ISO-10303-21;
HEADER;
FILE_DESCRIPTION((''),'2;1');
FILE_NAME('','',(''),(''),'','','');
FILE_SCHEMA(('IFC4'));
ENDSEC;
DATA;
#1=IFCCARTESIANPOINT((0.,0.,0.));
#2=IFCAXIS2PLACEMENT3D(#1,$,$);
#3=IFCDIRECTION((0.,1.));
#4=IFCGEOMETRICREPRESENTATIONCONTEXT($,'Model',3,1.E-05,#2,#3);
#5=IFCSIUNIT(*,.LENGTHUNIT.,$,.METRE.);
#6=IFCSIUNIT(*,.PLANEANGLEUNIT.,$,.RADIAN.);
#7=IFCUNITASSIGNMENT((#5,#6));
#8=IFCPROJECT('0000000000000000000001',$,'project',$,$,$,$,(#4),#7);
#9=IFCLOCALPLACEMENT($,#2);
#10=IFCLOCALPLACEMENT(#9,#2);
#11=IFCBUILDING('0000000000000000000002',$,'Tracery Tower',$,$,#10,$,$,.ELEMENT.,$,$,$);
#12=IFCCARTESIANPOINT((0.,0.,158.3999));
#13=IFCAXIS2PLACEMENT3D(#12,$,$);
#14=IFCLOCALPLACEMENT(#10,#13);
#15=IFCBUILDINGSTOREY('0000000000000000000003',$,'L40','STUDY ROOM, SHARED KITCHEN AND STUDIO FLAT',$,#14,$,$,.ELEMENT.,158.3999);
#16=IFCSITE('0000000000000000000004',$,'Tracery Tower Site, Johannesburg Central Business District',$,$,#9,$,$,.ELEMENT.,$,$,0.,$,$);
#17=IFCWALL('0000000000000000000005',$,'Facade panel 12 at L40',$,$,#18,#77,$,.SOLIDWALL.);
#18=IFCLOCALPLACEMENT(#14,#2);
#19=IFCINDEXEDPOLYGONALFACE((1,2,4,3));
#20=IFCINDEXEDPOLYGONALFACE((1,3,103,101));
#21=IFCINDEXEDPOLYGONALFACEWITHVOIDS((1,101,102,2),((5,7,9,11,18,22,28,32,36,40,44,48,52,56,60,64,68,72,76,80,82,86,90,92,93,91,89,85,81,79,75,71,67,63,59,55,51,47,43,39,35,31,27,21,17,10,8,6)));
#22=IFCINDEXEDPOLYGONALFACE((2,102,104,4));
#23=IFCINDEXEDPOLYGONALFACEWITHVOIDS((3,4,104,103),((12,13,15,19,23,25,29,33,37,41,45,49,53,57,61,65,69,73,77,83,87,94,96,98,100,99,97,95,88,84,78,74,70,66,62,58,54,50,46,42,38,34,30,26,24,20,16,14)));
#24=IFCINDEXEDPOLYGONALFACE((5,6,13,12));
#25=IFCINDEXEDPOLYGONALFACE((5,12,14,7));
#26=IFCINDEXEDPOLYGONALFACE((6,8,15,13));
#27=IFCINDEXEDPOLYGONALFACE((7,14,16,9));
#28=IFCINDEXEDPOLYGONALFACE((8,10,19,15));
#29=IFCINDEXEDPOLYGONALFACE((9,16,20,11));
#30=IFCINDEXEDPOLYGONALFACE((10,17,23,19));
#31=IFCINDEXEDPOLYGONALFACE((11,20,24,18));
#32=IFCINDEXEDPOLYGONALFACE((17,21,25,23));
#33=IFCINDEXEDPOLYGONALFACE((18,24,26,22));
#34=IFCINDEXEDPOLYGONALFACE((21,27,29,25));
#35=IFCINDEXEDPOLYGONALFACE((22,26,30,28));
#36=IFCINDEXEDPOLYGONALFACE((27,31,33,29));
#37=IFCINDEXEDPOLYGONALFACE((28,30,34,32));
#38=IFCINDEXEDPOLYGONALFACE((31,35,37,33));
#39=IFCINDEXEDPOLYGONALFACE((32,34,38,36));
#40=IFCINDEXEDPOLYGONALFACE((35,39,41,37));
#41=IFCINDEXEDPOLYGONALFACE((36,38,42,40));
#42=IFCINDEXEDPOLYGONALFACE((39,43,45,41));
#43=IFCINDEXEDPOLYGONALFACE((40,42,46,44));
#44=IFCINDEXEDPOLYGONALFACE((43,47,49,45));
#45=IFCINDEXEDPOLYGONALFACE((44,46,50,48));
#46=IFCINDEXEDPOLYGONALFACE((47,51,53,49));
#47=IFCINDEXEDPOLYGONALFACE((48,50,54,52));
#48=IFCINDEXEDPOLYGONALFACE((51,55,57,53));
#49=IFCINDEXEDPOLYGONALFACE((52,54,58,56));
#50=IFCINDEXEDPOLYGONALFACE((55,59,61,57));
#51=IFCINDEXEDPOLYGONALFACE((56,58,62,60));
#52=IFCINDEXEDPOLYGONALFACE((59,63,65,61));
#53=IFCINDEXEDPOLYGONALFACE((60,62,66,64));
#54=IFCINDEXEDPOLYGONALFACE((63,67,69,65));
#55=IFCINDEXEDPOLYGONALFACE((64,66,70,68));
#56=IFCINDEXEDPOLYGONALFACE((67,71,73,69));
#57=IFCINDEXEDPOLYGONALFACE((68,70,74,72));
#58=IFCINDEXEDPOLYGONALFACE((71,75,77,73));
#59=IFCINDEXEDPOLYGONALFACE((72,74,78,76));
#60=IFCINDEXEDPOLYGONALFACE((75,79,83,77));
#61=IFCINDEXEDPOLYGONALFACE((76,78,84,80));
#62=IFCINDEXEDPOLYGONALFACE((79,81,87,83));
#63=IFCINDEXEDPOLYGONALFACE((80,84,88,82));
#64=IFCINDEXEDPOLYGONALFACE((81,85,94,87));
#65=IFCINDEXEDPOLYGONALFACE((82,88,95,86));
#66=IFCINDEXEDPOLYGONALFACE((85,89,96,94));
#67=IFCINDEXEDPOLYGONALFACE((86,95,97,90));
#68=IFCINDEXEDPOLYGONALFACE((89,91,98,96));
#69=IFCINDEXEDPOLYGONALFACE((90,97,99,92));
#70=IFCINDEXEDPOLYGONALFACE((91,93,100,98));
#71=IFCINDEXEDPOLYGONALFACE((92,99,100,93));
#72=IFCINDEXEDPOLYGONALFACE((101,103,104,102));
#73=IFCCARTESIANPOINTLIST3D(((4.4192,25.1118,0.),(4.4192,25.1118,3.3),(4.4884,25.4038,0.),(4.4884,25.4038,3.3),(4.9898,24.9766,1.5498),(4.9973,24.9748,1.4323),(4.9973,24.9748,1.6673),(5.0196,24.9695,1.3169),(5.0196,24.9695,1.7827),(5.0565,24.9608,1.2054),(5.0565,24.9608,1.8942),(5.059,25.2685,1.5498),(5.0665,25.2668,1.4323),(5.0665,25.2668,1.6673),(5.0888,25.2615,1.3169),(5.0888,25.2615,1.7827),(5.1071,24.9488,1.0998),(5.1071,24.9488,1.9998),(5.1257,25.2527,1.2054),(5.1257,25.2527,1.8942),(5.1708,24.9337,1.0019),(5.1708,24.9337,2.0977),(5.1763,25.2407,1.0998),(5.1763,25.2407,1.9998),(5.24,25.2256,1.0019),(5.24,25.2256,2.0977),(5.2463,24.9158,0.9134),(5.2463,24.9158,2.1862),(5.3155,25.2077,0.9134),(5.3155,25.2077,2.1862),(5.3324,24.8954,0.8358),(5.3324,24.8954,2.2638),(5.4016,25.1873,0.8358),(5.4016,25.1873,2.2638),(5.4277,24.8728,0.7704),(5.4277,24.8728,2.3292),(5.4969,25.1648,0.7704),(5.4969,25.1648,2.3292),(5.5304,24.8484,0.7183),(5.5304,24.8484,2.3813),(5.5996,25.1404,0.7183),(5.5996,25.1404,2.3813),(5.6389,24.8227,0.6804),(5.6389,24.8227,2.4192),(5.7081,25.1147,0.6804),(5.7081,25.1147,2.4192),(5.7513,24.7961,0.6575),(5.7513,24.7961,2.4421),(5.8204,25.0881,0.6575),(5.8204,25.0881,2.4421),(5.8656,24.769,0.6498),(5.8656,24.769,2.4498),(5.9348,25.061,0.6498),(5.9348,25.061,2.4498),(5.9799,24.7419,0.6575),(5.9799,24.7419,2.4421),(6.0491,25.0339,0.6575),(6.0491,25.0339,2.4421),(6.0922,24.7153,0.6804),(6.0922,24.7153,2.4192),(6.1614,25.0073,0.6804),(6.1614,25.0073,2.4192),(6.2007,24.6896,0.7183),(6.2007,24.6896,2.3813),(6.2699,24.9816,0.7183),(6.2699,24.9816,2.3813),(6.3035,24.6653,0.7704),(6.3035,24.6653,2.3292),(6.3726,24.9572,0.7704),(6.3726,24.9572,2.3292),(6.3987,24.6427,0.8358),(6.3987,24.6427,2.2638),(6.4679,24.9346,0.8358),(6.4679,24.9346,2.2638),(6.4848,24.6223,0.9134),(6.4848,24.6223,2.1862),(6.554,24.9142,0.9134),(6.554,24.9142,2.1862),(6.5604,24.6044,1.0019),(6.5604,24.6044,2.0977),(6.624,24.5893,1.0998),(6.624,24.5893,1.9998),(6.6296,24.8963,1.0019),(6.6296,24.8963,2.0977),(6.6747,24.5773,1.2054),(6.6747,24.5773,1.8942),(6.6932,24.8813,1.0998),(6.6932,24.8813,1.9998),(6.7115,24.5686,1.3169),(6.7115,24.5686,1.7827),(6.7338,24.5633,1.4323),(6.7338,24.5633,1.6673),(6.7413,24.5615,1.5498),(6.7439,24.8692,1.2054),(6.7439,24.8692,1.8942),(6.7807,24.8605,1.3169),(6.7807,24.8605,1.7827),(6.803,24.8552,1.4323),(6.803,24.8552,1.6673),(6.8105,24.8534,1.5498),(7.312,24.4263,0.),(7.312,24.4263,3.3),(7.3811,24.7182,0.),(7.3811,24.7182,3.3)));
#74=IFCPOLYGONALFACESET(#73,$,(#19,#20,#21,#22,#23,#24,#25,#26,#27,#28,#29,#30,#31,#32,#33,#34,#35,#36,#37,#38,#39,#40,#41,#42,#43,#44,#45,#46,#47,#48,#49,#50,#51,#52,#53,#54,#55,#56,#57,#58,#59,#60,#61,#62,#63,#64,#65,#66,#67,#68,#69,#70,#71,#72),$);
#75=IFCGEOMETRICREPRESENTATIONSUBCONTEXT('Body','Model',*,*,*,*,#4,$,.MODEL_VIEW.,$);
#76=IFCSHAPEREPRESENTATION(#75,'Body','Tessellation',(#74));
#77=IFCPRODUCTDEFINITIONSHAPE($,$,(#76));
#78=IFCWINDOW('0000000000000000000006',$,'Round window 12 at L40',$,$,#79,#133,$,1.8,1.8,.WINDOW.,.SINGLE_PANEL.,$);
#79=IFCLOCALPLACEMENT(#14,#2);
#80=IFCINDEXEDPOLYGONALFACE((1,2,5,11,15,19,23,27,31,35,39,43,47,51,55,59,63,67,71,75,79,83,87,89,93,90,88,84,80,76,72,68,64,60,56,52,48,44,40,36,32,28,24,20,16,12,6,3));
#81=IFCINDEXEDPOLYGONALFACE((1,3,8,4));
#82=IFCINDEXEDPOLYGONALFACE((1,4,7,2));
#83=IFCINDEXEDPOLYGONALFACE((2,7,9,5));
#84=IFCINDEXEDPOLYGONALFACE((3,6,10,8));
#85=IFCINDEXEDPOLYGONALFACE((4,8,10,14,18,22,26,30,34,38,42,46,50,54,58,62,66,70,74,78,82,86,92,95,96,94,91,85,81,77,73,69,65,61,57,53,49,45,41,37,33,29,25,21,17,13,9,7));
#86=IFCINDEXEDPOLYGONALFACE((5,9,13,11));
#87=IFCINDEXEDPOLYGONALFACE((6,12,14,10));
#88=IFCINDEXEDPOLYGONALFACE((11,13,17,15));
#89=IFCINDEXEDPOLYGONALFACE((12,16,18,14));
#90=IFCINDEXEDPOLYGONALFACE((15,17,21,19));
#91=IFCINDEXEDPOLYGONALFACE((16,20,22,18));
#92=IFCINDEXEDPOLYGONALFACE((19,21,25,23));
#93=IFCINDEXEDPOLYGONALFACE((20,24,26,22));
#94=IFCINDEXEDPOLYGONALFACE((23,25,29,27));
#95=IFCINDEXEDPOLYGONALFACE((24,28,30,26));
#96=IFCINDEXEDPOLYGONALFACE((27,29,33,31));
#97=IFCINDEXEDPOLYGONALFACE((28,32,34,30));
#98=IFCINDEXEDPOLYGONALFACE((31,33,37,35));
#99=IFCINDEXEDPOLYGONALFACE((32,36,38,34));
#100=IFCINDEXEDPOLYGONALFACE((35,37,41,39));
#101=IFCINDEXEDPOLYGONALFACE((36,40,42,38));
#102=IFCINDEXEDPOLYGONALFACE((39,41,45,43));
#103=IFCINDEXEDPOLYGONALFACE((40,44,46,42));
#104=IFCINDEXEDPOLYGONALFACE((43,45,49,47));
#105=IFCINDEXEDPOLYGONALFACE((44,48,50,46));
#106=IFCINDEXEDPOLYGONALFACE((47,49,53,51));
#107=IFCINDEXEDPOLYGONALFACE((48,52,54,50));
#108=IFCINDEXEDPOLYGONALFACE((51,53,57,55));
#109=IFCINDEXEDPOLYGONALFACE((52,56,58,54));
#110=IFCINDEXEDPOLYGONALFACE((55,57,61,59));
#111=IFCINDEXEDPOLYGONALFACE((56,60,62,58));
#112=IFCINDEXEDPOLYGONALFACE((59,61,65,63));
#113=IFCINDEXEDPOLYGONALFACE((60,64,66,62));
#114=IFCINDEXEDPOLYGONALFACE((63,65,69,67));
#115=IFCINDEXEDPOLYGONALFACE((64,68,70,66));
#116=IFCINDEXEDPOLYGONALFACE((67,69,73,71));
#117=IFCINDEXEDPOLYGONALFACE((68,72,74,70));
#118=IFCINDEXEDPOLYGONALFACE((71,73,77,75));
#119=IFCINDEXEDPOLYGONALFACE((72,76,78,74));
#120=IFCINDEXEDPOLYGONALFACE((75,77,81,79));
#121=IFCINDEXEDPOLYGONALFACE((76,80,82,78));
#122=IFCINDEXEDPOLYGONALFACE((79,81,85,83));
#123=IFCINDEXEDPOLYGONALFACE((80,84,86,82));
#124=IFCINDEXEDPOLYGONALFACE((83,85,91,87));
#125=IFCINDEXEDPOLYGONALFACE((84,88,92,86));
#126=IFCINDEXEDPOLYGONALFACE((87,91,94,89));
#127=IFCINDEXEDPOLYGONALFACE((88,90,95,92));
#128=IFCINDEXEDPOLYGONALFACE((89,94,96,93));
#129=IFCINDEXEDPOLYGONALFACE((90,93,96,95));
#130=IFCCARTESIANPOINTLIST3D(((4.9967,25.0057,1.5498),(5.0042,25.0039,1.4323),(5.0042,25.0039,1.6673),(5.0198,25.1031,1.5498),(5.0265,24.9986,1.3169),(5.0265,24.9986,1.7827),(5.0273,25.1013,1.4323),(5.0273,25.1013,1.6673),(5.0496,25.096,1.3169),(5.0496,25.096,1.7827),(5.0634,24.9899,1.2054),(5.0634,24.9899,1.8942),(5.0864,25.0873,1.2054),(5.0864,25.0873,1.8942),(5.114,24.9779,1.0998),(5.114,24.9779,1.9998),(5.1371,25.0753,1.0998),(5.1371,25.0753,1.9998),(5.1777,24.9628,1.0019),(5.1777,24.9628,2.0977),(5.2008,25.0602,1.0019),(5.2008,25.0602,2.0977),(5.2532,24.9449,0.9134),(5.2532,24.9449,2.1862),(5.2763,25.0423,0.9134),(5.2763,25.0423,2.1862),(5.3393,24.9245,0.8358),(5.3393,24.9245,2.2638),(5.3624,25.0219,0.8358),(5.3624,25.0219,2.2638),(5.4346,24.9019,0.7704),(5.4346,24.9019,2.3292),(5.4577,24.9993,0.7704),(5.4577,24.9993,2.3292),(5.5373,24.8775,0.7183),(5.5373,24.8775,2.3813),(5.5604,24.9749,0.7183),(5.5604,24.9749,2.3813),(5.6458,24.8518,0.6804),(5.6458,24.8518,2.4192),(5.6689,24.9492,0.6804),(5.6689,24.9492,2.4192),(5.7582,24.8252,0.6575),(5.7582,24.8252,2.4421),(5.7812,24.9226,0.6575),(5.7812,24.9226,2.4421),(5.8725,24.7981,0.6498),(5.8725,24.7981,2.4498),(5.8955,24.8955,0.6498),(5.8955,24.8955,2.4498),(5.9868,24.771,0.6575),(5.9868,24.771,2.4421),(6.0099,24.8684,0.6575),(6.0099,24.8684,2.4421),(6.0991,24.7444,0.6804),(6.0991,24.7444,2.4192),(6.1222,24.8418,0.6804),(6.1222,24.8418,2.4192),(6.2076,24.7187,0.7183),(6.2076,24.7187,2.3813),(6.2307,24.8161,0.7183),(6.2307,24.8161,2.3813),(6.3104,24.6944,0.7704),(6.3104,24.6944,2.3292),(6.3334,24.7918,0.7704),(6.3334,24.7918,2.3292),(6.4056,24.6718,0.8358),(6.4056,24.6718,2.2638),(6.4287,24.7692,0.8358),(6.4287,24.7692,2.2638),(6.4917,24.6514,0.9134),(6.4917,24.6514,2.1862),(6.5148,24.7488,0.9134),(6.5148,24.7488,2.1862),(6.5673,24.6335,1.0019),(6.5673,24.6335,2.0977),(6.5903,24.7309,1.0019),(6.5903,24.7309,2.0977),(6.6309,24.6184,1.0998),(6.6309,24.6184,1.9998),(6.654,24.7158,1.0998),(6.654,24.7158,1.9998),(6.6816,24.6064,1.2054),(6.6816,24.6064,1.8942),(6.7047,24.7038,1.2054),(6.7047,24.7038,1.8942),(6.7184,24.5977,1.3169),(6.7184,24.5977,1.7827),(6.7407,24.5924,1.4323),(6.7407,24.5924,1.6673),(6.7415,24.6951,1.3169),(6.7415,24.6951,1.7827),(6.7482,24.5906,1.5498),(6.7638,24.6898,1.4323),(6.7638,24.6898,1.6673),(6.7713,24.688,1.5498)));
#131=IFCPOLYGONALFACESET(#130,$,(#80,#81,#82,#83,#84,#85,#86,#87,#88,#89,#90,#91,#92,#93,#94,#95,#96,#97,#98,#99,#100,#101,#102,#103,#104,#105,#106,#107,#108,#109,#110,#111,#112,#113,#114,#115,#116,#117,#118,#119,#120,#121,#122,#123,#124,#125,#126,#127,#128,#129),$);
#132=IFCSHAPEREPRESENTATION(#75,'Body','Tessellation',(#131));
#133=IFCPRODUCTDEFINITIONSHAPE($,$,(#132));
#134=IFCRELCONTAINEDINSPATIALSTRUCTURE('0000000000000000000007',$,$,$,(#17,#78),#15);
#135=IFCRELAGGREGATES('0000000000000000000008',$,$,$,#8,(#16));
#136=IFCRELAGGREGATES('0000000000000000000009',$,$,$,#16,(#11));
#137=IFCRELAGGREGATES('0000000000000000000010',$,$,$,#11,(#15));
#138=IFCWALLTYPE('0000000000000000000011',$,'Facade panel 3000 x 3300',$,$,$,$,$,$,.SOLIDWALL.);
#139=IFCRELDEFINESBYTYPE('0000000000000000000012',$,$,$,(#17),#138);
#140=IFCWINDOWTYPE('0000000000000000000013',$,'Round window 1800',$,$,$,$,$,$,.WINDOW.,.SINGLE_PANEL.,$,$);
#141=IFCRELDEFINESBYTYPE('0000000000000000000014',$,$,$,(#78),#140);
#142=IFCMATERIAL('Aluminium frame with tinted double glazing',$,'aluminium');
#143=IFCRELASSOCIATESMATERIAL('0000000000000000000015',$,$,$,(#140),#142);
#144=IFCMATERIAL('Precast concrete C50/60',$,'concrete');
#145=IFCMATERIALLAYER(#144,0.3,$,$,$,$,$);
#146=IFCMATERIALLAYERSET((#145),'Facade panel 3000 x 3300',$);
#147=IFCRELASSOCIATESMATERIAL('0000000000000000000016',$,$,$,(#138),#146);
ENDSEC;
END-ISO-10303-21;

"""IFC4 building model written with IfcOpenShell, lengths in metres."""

from ifc_helpers import new_model, si_unit, direction, frame, frame_2d, origin, origin_2d, place, context, subcontext, project, spatial, rectangle, circle, extrude, material, layer, layer_set, type_object, element, fill, save


model = new_model("IFC4")

# Units and contexts
model_context = context("Model", 3, precision=1e-05, world=origin(), true_north=direction((0.0, 1.0)))
body_context = subcontext(model_context, "Body", "Model", "MODEL_VIEW")
ifc_project = project(units=[si_unit("LENGTHUNIT", "METRE"), si_unit("PLANEANGLEUNIT", "RADIAN")], contexts=[model_context])

# Site, building, storey
site_placement = place(None, origin())
site = spatial("IfcSite", under=ifc_project, at=site_placement, Name="Tracery Tower Site, Johannesburg Central Business District", CompositionType="ELEMENT", RefElevation=0.0)
building_placement = place(site_placement, origin())
building = spatial("IfcBuilding", under=site, at=building_placement, Name="Tracery Tower", CompositionType="ELEMENT")
storey_placement = place(building_placement, frame((0.0, 0.0, 158.3999)))
storey = spatial("IfcBuildingStorey", under=building, at=storey_placement, Name="L40", Description="STUDY ROOM, SHARED KITCHEN AND STUDIO FLAT", CompositionType="ELEMENT", Elevation=158.3999)

# Wall, opening, window
ifc_material_1 = material(Name="Aluminium frame with tinted double glazing", Category="aluminium")
window_type = type_object("IfcWindowType", Name="Round window 1800", PartitioningType="SINGLE_PANEL", PredefinedType="WINDOW", material=ifc_material_1)
ifc_material_2 = material(Name="Precast concrete C50/60", Category="concrete")
ifc_layer_1 = layer(ifc_material_2, 0.3)
ifc_layer_set_1 = layer_set([ifc_layer_1], Name="Facade panel 3000 x 3300")
wall_type_1 = type_object("IfcWallType", Name="Facade panel 3000 x 3300", PredefinedType="SOLIDWALL", material=ifc_layer_set_1)
wall_1_placement = place(storey_placement, frame((7.3464, 24.5723, 0.0), z_axis=(0.0, 0.0, 1.0), x_axis=(-0.97305, 0.230595, 0.0)))
wall_1 = element("IfcWall", 1, at=wall_1_placement, inside=storey, type_object=wall_type_1, Name="Facade panel 12 at L40", PredefinedType="SOLIDWALL", context=body_context, shape_type="SweptSolid", body=[
    extrude(rectangle(XDim=2.9729, YDim=0.3, at=frame_2d((1.4863, 0.0))), origin(), (0.0, 0.0, 1.0), 3.3),
])
opening_1_placement = place(wall_1_placement, frame((1.4863, 0.0, 1.5498)))
opening_1 = element("IfcOpeningElement", 2, at=opening_1_placement, cuts=wall_1, PredefinedType="OPENING", context=body_context, shape_type="SweptSolid", body=[
    extrude(circle(Radius=0.9, at=origin_2d()), frame((0.0, 0.1599, 0.0), z_axis=(0.0, -1.0, 0.0), x_axis=(1.0, 0.0, 0.0)), (0.0, 0.0, 1.0), 0.3201),
])
window_1_placement = place(opening_1_placement, origin())
window_1 = element("IfcWindow", 3, at=window_1_placement, inside=storey, type_object=window_type, Name="Round window 12 at L40", OverallHeight=1.8, OverallWidth=1.8, PartitioningType="SINGLE_PANEL", PredefinedType="WINDOW", context=body_context, shape_type="SweptSolid", body=[
    extrude(circle(Radius=0.9, at=origin_2d()), frame((0.0, 0.1201, 0.0), z_axis=(0.0, -1.0, 0.0), x_axis=(1.0, 0.0, 0.0)), (0.0, 0.0, 1.0), 0.1001),
])
fill(opening_1, window_1)

save(model, "model.ifc")
